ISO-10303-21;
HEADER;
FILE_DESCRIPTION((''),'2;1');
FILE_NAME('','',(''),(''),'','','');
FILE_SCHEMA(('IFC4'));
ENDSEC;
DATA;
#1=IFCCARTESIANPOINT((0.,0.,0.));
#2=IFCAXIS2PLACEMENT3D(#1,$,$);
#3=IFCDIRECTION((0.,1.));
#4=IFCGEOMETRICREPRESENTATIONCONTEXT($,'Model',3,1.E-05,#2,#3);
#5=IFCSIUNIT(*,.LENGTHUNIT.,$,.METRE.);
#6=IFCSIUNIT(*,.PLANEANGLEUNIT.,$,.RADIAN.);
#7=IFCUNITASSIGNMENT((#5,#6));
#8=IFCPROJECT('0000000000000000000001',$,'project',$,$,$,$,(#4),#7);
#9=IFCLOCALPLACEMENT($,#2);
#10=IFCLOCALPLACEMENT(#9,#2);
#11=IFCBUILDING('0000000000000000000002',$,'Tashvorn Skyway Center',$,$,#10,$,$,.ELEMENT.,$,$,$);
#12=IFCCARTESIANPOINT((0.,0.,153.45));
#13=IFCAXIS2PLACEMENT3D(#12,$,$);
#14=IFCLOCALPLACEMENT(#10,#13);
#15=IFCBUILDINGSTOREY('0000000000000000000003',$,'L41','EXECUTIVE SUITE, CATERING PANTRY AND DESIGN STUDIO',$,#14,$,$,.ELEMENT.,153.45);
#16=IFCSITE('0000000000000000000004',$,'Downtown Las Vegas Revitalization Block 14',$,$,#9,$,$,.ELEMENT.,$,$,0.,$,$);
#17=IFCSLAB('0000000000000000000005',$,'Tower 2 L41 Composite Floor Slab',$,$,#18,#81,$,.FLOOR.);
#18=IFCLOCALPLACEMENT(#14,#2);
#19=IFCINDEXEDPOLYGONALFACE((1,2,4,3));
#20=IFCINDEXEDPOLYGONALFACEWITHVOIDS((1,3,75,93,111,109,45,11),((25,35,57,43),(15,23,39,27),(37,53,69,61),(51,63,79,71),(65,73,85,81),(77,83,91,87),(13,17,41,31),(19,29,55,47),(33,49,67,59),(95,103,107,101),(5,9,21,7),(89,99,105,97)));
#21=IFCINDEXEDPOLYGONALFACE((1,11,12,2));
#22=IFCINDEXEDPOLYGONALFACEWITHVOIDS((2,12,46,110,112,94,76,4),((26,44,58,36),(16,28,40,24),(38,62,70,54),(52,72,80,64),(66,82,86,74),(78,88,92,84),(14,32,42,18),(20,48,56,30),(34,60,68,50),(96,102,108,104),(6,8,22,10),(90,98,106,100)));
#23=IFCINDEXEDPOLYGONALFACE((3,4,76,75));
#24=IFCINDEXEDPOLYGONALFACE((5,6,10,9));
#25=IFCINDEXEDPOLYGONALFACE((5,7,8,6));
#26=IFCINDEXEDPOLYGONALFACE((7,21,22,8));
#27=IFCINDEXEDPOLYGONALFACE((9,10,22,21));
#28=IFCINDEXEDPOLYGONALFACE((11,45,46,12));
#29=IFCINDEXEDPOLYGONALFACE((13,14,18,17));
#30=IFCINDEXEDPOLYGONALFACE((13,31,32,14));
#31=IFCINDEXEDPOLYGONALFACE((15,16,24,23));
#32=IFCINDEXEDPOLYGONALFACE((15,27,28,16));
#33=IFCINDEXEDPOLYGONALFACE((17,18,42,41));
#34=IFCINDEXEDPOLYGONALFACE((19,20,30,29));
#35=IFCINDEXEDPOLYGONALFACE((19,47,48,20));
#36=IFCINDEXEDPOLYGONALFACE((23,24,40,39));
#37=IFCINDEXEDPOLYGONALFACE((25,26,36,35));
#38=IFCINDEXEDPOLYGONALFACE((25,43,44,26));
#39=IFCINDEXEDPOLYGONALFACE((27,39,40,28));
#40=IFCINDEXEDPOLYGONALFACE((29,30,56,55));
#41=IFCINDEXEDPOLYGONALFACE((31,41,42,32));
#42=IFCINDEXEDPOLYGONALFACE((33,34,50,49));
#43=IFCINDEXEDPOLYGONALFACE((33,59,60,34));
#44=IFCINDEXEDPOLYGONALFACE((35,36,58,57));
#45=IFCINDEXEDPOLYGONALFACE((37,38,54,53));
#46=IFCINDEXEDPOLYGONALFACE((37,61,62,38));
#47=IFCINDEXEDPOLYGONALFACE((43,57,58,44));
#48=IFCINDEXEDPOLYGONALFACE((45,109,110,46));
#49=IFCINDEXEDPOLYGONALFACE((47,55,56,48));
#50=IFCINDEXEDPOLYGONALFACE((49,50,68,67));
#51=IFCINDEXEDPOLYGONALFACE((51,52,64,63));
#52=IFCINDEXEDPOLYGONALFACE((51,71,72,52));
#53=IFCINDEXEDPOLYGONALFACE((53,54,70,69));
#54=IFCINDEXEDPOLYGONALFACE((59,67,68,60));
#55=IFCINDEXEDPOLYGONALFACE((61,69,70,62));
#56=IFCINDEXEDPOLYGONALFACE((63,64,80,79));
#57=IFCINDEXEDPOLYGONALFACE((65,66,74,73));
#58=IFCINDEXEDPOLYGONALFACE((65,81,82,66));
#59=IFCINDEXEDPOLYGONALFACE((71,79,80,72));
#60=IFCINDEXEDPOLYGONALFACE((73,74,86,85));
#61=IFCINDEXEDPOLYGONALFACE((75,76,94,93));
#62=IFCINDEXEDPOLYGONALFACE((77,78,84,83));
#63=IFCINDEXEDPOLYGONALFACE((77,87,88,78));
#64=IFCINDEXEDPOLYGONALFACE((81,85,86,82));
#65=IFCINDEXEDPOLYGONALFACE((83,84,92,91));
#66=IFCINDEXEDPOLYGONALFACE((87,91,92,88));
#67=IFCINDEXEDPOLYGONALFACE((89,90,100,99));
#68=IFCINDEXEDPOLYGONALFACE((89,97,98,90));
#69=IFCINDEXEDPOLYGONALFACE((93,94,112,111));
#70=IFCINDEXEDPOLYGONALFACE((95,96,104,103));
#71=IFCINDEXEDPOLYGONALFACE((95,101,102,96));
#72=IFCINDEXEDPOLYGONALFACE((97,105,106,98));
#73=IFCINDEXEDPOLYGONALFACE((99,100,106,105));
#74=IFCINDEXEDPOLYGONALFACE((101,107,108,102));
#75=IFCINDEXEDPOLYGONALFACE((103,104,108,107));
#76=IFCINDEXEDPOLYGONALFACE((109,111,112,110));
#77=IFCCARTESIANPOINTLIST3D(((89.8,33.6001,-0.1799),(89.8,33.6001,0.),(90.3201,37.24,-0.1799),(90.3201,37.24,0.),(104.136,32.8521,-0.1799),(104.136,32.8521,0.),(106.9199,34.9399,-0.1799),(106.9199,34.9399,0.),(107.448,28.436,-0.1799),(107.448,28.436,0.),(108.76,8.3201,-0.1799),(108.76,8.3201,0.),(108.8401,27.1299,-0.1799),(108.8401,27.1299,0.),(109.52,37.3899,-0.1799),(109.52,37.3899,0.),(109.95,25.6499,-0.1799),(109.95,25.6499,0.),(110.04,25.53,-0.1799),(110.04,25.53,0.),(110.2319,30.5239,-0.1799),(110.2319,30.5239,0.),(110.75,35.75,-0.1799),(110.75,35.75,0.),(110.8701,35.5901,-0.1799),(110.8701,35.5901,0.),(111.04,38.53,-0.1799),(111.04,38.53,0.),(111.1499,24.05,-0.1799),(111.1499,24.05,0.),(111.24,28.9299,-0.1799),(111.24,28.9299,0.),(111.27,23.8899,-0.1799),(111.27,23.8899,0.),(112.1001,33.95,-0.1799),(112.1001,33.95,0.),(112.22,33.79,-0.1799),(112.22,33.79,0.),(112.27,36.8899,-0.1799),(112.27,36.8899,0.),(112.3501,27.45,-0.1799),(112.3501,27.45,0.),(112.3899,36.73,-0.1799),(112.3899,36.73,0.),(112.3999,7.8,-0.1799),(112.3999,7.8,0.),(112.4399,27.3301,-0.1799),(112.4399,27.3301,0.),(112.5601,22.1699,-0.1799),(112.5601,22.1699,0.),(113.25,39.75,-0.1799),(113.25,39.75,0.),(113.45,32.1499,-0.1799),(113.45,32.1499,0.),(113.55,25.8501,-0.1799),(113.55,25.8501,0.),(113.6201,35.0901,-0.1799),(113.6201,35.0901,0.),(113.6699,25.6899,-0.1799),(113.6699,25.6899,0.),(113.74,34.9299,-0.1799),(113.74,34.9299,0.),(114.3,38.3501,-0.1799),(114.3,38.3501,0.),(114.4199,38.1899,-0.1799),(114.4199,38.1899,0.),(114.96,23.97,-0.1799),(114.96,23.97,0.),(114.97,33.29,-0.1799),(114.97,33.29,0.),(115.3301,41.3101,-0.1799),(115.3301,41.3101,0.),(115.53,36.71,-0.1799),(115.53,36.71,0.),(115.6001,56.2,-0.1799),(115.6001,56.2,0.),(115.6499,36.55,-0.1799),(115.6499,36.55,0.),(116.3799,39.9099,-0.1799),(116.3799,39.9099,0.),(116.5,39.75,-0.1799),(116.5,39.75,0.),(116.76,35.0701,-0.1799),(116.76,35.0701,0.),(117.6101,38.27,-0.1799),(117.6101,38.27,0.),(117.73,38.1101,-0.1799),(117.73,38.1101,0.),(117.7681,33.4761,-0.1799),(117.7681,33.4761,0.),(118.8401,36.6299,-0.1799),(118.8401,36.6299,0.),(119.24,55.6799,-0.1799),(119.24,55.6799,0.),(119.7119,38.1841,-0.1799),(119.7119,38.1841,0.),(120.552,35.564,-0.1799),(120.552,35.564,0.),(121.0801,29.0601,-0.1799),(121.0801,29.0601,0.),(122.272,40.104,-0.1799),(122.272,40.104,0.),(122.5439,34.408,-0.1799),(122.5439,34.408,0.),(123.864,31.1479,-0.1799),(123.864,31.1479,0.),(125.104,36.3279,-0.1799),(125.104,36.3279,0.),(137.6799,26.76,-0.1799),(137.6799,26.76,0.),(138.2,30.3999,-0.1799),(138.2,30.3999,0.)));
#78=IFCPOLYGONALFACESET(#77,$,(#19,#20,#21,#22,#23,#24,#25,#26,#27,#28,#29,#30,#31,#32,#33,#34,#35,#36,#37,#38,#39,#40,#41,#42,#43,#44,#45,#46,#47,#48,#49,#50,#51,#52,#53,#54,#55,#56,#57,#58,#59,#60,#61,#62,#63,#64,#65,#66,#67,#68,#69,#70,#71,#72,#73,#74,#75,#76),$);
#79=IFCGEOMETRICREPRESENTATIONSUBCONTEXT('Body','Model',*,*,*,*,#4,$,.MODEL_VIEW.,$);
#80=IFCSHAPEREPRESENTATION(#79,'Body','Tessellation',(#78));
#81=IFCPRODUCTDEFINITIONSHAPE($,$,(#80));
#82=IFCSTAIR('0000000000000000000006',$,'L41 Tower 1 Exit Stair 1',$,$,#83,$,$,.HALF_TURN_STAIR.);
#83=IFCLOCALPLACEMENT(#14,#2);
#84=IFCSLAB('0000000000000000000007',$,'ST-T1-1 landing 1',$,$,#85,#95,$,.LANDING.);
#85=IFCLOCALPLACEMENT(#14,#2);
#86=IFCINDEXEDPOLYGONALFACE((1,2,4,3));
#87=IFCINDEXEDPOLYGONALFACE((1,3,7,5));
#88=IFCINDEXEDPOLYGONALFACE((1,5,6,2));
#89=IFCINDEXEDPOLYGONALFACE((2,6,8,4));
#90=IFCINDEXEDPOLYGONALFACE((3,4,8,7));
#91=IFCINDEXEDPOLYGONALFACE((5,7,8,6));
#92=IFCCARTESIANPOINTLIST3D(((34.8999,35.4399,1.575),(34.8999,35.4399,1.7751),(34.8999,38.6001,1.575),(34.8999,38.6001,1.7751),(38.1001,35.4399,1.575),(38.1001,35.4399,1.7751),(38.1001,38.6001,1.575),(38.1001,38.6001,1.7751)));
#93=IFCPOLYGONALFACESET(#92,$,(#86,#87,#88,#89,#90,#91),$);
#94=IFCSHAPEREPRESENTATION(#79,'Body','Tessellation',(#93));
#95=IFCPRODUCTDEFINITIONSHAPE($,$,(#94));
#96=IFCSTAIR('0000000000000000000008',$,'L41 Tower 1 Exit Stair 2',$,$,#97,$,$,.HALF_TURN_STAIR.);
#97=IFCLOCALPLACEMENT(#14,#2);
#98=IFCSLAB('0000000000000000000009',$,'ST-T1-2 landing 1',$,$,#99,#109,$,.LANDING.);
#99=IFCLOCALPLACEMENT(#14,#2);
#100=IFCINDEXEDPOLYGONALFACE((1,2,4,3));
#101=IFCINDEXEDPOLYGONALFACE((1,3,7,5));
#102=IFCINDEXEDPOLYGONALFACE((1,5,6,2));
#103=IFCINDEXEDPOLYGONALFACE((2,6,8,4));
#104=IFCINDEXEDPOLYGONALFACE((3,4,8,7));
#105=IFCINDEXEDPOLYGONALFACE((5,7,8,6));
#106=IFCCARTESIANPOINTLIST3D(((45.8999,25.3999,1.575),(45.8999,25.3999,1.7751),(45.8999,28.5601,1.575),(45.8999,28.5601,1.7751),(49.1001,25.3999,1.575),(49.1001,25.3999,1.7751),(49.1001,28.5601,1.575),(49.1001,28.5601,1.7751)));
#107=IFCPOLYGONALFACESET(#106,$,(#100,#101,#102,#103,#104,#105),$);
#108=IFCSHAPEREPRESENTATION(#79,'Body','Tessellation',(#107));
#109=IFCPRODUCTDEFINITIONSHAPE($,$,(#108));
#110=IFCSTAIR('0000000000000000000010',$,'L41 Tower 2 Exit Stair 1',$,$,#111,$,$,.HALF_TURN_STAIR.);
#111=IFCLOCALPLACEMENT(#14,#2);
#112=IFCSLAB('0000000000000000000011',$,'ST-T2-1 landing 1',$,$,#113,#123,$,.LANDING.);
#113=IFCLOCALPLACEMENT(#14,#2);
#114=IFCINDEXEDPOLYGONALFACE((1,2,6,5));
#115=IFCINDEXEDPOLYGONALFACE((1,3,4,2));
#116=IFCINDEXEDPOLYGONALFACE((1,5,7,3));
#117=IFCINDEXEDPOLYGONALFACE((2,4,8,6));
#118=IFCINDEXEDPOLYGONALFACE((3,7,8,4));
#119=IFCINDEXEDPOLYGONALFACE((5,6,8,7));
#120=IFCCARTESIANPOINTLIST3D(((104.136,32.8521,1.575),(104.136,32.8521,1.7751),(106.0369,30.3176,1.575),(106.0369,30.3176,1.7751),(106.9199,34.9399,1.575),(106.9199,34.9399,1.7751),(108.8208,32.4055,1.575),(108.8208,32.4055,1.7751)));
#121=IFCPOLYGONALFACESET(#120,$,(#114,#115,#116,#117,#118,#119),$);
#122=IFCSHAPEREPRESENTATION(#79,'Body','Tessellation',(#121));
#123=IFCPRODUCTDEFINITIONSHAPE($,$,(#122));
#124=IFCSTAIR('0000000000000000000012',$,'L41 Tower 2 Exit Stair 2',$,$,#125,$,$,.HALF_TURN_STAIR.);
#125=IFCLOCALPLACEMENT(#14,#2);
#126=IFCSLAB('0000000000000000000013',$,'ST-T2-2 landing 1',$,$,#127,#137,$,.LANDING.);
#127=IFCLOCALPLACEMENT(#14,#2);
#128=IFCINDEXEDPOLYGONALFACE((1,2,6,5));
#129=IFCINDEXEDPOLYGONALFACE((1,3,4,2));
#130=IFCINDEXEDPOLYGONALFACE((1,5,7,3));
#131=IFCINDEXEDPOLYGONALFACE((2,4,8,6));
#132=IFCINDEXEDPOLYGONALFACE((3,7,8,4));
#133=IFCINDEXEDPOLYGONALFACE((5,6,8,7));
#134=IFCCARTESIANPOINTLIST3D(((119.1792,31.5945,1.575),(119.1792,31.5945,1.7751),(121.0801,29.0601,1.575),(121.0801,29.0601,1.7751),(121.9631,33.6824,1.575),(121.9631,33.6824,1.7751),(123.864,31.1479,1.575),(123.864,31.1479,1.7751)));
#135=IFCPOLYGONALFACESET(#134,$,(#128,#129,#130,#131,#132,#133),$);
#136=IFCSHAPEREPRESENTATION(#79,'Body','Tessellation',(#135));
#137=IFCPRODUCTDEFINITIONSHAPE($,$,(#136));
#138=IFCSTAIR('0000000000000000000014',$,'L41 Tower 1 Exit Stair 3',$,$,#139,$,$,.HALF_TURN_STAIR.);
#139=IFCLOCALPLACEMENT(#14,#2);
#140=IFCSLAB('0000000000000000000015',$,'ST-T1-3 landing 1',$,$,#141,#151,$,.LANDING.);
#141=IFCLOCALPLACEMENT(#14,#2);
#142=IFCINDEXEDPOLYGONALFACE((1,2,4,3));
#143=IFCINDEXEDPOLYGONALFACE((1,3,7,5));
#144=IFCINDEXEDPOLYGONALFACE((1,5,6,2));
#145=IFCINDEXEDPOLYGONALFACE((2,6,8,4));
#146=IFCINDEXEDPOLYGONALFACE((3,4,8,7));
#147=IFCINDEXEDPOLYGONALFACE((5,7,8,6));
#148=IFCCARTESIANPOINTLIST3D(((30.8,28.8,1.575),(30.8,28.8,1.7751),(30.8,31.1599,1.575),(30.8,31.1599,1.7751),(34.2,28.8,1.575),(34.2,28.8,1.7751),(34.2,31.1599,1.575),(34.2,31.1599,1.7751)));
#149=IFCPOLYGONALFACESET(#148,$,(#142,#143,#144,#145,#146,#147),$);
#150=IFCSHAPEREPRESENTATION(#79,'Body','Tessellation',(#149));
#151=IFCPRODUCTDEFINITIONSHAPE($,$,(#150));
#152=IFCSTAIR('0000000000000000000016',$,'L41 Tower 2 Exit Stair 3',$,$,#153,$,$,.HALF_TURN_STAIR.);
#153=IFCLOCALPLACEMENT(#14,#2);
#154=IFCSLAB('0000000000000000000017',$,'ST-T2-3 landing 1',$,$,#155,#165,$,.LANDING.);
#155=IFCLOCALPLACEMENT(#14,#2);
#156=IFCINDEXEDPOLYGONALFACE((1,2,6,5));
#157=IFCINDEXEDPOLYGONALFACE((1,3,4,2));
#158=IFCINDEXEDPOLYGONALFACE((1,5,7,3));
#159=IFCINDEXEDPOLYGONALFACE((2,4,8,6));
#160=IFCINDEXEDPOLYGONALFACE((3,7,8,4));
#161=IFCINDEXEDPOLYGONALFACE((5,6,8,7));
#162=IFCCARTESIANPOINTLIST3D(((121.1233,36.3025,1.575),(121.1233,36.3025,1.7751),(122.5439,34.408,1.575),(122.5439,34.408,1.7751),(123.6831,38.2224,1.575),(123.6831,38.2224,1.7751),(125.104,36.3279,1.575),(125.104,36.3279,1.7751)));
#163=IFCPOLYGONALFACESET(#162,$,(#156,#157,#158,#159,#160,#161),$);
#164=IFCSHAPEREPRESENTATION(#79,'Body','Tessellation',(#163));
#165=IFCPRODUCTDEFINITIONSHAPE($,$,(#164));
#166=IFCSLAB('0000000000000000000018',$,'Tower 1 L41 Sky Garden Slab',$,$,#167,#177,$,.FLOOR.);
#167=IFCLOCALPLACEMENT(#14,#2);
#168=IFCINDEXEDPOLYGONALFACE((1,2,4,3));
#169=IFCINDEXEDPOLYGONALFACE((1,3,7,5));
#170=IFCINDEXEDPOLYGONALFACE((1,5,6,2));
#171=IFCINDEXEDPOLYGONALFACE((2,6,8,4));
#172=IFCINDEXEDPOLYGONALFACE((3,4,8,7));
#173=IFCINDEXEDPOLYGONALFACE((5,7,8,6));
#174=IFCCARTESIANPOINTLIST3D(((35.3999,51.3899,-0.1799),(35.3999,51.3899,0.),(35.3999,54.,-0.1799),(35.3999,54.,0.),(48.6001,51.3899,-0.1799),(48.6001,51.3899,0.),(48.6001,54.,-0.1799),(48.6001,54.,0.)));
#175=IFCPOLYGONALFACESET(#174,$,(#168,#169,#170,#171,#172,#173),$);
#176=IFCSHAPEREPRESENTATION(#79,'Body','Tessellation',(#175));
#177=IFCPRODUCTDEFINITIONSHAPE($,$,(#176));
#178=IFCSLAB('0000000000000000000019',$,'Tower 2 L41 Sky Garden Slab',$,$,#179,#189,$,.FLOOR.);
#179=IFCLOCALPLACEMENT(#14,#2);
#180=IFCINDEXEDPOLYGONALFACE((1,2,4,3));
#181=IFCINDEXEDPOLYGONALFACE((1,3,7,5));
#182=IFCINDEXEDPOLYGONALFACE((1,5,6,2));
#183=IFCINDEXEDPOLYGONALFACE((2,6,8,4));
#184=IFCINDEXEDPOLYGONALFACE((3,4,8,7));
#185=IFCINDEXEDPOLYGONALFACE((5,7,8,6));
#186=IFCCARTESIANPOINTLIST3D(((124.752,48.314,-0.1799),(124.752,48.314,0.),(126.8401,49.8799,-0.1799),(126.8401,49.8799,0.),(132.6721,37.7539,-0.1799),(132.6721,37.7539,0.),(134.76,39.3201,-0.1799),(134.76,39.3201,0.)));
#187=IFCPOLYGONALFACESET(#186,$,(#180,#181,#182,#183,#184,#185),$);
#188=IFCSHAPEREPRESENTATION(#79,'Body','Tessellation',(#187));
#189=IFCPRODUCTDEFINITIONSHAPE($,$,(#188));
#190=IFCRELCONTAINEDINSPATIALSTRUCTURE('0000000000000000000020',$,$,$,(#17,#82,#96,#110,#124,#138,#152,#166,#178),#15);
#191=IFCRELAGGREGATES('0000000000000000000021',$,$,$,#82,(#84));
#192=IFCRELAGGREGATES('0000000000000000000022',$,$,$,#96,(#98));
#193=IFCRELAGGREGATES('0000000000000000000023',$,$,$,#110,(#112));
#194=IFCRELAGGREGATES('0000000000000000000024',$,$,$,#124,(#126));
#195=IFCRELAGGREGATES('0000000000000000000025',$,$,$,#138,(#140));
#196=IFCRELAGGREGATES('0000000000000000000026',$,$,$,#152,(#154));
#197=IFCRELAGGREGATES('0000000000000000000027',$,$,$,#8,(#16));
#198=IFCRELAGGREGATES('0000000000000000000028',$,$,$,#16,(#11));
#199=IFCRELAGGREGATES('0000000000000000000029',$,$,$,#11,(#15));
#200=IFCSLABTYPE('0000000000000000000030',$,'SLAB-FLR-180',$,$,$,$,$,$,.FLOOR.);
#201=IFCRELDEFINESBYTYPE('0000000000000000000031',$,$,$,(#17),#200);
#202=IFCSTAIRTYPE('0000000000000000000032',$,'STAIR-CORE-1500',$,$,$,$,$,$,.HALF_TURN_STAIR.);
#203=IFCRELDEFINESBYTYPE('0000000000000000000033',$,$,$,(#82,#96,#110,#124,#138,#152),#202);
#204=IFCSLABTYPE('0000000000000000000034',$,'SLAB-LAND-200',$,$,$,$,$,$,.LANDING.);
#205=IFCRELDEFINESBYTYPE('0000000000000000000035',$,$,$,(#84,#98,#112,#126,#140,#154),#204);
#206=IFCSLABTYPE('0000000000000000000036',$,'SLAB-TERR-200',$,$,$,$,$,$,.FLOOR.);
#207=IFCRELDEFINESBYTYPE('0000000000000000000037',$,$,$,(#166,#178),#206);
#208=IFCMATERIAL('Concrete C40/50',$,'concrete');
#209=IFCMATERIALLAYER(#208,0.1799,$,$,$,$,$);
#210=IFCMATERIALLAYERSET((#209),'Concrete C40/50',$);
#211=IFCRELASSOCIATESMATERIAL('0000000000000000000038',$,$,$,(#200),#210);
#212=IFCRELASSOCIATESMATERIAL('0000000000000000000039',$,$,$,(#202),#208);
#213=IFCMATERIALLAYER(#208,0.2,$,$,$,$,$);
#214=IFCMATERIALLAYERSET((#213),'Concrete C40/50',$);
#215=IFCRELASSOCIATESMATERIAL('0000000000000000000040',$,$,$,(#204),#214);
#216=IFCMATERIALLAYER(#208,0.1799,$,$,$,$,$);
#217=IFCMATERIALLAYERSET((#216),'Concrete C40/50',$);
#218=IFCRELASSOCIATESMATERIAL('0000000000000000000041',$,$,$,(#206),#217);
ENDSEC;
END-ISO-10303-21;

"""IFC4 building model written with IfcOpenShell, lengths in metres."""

from ifc_helpers import new_model, si_unit, direction, frame, origin, place, context, subcontext, project, spatial, polyline, outline, extrude, material, layer, layer_set, type_object, element, aggregate, save


model = new_model("IFC4")

# Units and contexts
model_context = context("Model", 3, precision=1e-05, world=origin(), true_north=direction((0.0, 1.0)))
body_context = subcontext(model_context, "Body", "Model", "MODEL_VIEW")
ifc_project = project(units=[si_unit("LENGTHUNIT", "METRE"), si_unit("PLANEANGLEUNIT", "RADIAN")], contexts=[model_context])

# Site, building, storey
site_placement = place(None, origin())
site = spatial("IfcSite", under=ifc_project, at=site_placement, Name="Downtown Las Vegas Revitalization Block 14", CompositionType="ELEMENT", RefElevation=0.0)
building_placement = place(site_placement, origin())
building = spatial("IfcBuilding", under=site, at=building_placement, Name="Tashvorn Skyway Center", CompositionType="ELEMENT")
storey_placement = place(building_placement, frame((0.0, 0.0, 153.45)))
storey = spatial("IfcBuildingStorey", under=building, at=storey_placement, Name="L41", Description="EXECUTIVE SUITE, CATERING PANTRY AND DESIGN STUDIO", CompositionType="ELEMENT", Elevation=153.45)

# Slab
ifc_material_1 = material(Name="Concrete C40/50", Category="concrete")
ifc_layer_1 = layer(ifc_material_1, 0.1799)
ifc_layer_set_1 = layer_set([ifc_layer_1], Name="Concrete C40/50")
slab_type_1 = type_object("IfcSlabType", Name="SLAB-FLR-180", PredefinedType="FLOOR", material=ifc_layer_set_1)
slab_1_placement = place(storey_placement, frame((0.0, 0.0, -0.1799)))
element("IfcSlab", 1, at=slab_1_placement, inside=storey, type_object=slab_type_1, Name="Tower 2 L41 Composite Floor Slab", PredefinedType="FLOOR", context=body_context, shape_type="SweptSolid", body=[
    extrude(outline(polyline([(112.3999, 7.8), (137.6799, 26.76), (138.2, 30.3999), (119.24, 55.6799), (115.6001, 56.2), (90.3201, 37.24), (89.8, 33.6001), (108.76, 8.3201), (112.3999, 7.8)]), holes=[polyline([(110.2319, 30.5239), (106.9199, 34.9399), (104.136, 32.8521), (107.448, 28.436), (110.2319, 30.5239)]), polyline([(117.7681, 33.4761), (121.0801, 29.0601), (123.864, 31.1479), (120.552, 35.564), (117.7681, 33.4761)]), polyline([(119.7119, 38.1841), (122.5439, 34.408), (125.104, 36.3279), (122.272, 40.104), (119.7119, 38.1841)]), polyline([(109.95, 25.6499), (112.3501, 27.45), (111.24, 28.9299), (108.8401, 27.1299), (109.95, 25.6499)]), polyline([(111.1499, 24.05), (113.55, 25.8501), (112.4399, 27.3301), (110.04, 25.53), (111.1499, 24.05)]), polyline([(112.5601, 22.1699), (114.96, 23.97), (113.6699, 25.6899), (111.27, 23.8899), (112.5601, 22.1699)]), polyline([(113.45, 32.1499), (114.97, 33.29), (113.74, 34.9299), (112.22, 33.79), (113.45, 32.1499)]), polyline([(112.1001, 33.95), (113.6201, 35.0901), (112.3899, 36.73), (110.8701, 35.5901), (112.1001, 33.95)]), polyline([(110.75, 35.75), (112.27, 36.8899), (111.04, 38.53), (109.52, 37.3899), (110.75, 35.75)]), polyline([(116.76, 35.0701), (118.8401, 36.6299), (117.73, 38.1101), (115.6499, 36.55), (116.76, 35.0701)]), polyline([(115.53, 36.71), (117.6101, 38.27), (116.5, 39.75), (114.4199, 38.1899), (115.53, 36.71)]), polyline([(114.3, 38.3501), (116.3799, 39.9099), (115.3301, 41.3101), (113.25, 39.75), (114.3, 38.3501)])]), origin(), (0.0, 0.0, 1.0), 0.1799),
])

# Stairs, slabs
stair_type = type_object("IfcStairType", Name="STAIR-CORE-1500", PredefinedType="HALF_TURN_STAIR", material=ifc_material_1)
stair_1_placement = place(storey_placement, origin())
stair_1 = element("IfcStair", 2, at=stair_1_placement, inside=storey, type_object=stair_type, Name="L41 Tower 1 Exit Stair 1", PredefinedType="HALF_TURN_STAIR")
ifc_layer_2 = layer(ifc_material_1, 0.2)
ifc_layer_set_2 = layer_set([ifc_layer_2], Name="Concrete C40/50")
slab_type_2 = type_object("IfcSlabType", Name="SLAB-LAND-200", PredefinedType="LANDING", material=ifc_layer_set_2)
slab_2_placement = place(storey_placement, frame((0.0, 0.0, 1.575)))
slab_2 = element("IfcSlab", 3, at=slab_2_placement, type_object=slab_type_2, Name="ST-T1-1 landing 1", PredefinedType="LANDING", context=body_context, shape_type="SweptSolid", body=[
    extrude(outline(polyline([(38.1001, 35.4399), (38.1001, 38.6001), (34.8999, 38.6001), (34.8999, 35.4399), (38.1001, 35.4399)])), origin(), (0.0, 0.0, 1.0), 0.2002),
])
aggregate(stair_1, [slab_2])
stair_2_placement = place(storey_placement, origin())
stair_2 = element("IfcStair", 4, at=stair_2_placement, inside=storey, type_object=stair_type, Name="L41 Tower 1 Exit Stair 2", PredefinedType="HALF_TURN_STAIR")
slab_3_placement = place(storey_placement, frame((0.0, 0.0, 1.575)))
slab_3 = element("IfcSlab", 5, at=slab_3_placement, type_object=slab_type_2, Name="ST-T1-2 landing 1", PredefinedType="LANDING", context=body_context, shape_type="SweptSolid", body=[
    extrude(outline(polyline([(45.8999, 28.5601), (45.8999, 25.3999), (49.1001, 25.3999), (49.1001, 28.5601), (45.8999, 28.5601)])), origin(), (0.0, 0.0, 1.0), 0.2002),
])
aggregate(stair_2, [slab_3])
stair_3_placement = place(storey_placement, origin())
stair_3 = element("IfcStair", 6, at=stair_3_placement, inside=storey, type_object=stair_type, Name="L41 Tower 2 Exit Stair 1", PredefinedType="HALF_TURN_STAIR")
slab_4_placement = place(storey_placement, frame((0.0, 0.0, 1.575)))
slab_4 = element("IfcSlab", 7, at=slab_4_placement, type_object=slab_type_2, Name="ST-T2-1 landing 1", PredefinedType="LANDING", context=body_context, shape_type="SweptSolid", body=[
    extrude(outline(polyline([(108.8208, 32.4055), (106.9199, 34.9399), (104.136, 32.8521), (106.0369, 30.3176), (108.8208, 32.4055)])), origin(), (0.0, 0.0, 1.0), 0.2002),
])
aggregate(stair_3, [slab_4])
stair_4_placement = place(storey_placement, origin())
stair_4 = element("IfcStair", 8, at=stair_4_placement, inside=storey, type_object=stair_type, Name="L41 Tower 2 Exit Stair 2", PredefinedType="HALF_TURN_STAIR")
slab_5_placement = place(storey_placement, frame((0.0, 0.0, 1.575)))
slab_5 = element("IfcSlab", 9, at=slab_5_placement, type_object=slab_type_2, Name="ST-T2-2 landing 1", PredefinedType="LANDING", context=body_context, shape_type="SweptSolid", body=[
    extrude(outline(polyline([(119.1792, 31.5945), (121.0801, 29.0601), (123.864, 31.1479), (121.9631, 33.6824), (119.1792, 31.5945)])), origin(), (0.0, 0.0, 1.0), 0.2002),
])
aggregate(stair_4, [slab_5])
stair_5_placement = place(storey_placement, origin())
stair_5 = element("IfcStair", 10, at=stair_5_placement, inside=storey, type_object=stair_type, Name="L41 Tower 1 Exit Stair 3", PredefinedType="HALF_TURN_STAIR")
slab_6_placement = place(storey_placement, frame((0.0, 0.0, 1.575)))
slab_6 = element("IfcSlab", 11, at=slab_6_placement, type_object=slab_type_2, Name="ST-T1-3 landing 1", PredefinedType="LANDING", context=body_context, shape_type="SweptSolid", body=[
    extrude(outline(polyline([(30.8, 31.1599), (30.8, 28.8), (34.2, 28.8), (34.2, 31.1599), (30.8, 31.1599)])), origin(), (0.0, 0.0, 1.0), 0.2002),
])
aggregate(stair_5, [slab_6])
stair_6_placement = place(storey_placement, origin())
stair_6 = element("IfcStair", 12, at=stair_6_placement, inside=storey, type_object=stair_type, Name="L41 Tower 2 Exit Stair 3", PredefinedType="HALF_TURN_STAIR")
slab_7_placement = place(storey_placement, frame((0.0, 0.0, 1.575)))
slab_7 = element("IfcSlab", 13, at=slab_7_placement, type_object=slab_type_2, Name="ST-T2-3 landing 1", PredefinedType="LANDING", context=body_context, shape_type="SweptSolid", body=[
    extrude(outline(polyline([(121.1233, 36.3025), (122.5439, 34.408), (125.104, 36.3279), (123.6831, 38.2224), (121.1233, 36.3025)])), origin(), (0.0, 0.0, 1.0), 0.2002),
])
aggregate(stair_6, [slab_7])

# Slabs
ifc_layer_3 = layer(ifc_material_1, 0.1799)
ifc_layer_set_3 = layer_set([ifc_layer_3], Name="Concrete C40/50")
slab_type_3 = type_object("IfcSlabType", Name="SLAB-TERR-200", PredefinedType="FLOOR", material=ifc_layer_set_3)
slab_8_placement = place(storey_placement, frame((0.0, 0.0, -0.1799)))
element("IfcSlab", 14, at=slab_8_placement, inside=storey, type_object=slab_type_3, Name="Tower 1 L41 Sky Garden Slab", PredefinedType="FLOOR", context=body_context, shape_type="SweptSolid", body=[
    extrude(outline(polyline([(35.3999, 51.3899), (48.6001, 51.3899), (48.6001, 54.0), (35.3999, 54.0), (35.3999, 51.3899)])), origin(), (0.0, 0.0, 1.0), 0.1799),
])
slab_9_placement = place(storey_placement, frame((0.0, 0.0, -0.1799)))
element("IfcSlab", 15, at=slab_9_placement, inside=storey, type_object=slab_type_3, Name="Tower 2 L41 Sky Garden Slab", PredefinedType="FLOOR", context=body_context, shape_type="SweptSolid", body=[
    extrude(outline(polyline([(132.6721, 37.7539), (134.76, 39.3201), (126.8401, 49.8799), (124.752, 48.314), (132.6721, 37.7539)])), origin(), (0.0, 0.0, 1.0), 0.1799),
])

save(model, "model.ifc")
